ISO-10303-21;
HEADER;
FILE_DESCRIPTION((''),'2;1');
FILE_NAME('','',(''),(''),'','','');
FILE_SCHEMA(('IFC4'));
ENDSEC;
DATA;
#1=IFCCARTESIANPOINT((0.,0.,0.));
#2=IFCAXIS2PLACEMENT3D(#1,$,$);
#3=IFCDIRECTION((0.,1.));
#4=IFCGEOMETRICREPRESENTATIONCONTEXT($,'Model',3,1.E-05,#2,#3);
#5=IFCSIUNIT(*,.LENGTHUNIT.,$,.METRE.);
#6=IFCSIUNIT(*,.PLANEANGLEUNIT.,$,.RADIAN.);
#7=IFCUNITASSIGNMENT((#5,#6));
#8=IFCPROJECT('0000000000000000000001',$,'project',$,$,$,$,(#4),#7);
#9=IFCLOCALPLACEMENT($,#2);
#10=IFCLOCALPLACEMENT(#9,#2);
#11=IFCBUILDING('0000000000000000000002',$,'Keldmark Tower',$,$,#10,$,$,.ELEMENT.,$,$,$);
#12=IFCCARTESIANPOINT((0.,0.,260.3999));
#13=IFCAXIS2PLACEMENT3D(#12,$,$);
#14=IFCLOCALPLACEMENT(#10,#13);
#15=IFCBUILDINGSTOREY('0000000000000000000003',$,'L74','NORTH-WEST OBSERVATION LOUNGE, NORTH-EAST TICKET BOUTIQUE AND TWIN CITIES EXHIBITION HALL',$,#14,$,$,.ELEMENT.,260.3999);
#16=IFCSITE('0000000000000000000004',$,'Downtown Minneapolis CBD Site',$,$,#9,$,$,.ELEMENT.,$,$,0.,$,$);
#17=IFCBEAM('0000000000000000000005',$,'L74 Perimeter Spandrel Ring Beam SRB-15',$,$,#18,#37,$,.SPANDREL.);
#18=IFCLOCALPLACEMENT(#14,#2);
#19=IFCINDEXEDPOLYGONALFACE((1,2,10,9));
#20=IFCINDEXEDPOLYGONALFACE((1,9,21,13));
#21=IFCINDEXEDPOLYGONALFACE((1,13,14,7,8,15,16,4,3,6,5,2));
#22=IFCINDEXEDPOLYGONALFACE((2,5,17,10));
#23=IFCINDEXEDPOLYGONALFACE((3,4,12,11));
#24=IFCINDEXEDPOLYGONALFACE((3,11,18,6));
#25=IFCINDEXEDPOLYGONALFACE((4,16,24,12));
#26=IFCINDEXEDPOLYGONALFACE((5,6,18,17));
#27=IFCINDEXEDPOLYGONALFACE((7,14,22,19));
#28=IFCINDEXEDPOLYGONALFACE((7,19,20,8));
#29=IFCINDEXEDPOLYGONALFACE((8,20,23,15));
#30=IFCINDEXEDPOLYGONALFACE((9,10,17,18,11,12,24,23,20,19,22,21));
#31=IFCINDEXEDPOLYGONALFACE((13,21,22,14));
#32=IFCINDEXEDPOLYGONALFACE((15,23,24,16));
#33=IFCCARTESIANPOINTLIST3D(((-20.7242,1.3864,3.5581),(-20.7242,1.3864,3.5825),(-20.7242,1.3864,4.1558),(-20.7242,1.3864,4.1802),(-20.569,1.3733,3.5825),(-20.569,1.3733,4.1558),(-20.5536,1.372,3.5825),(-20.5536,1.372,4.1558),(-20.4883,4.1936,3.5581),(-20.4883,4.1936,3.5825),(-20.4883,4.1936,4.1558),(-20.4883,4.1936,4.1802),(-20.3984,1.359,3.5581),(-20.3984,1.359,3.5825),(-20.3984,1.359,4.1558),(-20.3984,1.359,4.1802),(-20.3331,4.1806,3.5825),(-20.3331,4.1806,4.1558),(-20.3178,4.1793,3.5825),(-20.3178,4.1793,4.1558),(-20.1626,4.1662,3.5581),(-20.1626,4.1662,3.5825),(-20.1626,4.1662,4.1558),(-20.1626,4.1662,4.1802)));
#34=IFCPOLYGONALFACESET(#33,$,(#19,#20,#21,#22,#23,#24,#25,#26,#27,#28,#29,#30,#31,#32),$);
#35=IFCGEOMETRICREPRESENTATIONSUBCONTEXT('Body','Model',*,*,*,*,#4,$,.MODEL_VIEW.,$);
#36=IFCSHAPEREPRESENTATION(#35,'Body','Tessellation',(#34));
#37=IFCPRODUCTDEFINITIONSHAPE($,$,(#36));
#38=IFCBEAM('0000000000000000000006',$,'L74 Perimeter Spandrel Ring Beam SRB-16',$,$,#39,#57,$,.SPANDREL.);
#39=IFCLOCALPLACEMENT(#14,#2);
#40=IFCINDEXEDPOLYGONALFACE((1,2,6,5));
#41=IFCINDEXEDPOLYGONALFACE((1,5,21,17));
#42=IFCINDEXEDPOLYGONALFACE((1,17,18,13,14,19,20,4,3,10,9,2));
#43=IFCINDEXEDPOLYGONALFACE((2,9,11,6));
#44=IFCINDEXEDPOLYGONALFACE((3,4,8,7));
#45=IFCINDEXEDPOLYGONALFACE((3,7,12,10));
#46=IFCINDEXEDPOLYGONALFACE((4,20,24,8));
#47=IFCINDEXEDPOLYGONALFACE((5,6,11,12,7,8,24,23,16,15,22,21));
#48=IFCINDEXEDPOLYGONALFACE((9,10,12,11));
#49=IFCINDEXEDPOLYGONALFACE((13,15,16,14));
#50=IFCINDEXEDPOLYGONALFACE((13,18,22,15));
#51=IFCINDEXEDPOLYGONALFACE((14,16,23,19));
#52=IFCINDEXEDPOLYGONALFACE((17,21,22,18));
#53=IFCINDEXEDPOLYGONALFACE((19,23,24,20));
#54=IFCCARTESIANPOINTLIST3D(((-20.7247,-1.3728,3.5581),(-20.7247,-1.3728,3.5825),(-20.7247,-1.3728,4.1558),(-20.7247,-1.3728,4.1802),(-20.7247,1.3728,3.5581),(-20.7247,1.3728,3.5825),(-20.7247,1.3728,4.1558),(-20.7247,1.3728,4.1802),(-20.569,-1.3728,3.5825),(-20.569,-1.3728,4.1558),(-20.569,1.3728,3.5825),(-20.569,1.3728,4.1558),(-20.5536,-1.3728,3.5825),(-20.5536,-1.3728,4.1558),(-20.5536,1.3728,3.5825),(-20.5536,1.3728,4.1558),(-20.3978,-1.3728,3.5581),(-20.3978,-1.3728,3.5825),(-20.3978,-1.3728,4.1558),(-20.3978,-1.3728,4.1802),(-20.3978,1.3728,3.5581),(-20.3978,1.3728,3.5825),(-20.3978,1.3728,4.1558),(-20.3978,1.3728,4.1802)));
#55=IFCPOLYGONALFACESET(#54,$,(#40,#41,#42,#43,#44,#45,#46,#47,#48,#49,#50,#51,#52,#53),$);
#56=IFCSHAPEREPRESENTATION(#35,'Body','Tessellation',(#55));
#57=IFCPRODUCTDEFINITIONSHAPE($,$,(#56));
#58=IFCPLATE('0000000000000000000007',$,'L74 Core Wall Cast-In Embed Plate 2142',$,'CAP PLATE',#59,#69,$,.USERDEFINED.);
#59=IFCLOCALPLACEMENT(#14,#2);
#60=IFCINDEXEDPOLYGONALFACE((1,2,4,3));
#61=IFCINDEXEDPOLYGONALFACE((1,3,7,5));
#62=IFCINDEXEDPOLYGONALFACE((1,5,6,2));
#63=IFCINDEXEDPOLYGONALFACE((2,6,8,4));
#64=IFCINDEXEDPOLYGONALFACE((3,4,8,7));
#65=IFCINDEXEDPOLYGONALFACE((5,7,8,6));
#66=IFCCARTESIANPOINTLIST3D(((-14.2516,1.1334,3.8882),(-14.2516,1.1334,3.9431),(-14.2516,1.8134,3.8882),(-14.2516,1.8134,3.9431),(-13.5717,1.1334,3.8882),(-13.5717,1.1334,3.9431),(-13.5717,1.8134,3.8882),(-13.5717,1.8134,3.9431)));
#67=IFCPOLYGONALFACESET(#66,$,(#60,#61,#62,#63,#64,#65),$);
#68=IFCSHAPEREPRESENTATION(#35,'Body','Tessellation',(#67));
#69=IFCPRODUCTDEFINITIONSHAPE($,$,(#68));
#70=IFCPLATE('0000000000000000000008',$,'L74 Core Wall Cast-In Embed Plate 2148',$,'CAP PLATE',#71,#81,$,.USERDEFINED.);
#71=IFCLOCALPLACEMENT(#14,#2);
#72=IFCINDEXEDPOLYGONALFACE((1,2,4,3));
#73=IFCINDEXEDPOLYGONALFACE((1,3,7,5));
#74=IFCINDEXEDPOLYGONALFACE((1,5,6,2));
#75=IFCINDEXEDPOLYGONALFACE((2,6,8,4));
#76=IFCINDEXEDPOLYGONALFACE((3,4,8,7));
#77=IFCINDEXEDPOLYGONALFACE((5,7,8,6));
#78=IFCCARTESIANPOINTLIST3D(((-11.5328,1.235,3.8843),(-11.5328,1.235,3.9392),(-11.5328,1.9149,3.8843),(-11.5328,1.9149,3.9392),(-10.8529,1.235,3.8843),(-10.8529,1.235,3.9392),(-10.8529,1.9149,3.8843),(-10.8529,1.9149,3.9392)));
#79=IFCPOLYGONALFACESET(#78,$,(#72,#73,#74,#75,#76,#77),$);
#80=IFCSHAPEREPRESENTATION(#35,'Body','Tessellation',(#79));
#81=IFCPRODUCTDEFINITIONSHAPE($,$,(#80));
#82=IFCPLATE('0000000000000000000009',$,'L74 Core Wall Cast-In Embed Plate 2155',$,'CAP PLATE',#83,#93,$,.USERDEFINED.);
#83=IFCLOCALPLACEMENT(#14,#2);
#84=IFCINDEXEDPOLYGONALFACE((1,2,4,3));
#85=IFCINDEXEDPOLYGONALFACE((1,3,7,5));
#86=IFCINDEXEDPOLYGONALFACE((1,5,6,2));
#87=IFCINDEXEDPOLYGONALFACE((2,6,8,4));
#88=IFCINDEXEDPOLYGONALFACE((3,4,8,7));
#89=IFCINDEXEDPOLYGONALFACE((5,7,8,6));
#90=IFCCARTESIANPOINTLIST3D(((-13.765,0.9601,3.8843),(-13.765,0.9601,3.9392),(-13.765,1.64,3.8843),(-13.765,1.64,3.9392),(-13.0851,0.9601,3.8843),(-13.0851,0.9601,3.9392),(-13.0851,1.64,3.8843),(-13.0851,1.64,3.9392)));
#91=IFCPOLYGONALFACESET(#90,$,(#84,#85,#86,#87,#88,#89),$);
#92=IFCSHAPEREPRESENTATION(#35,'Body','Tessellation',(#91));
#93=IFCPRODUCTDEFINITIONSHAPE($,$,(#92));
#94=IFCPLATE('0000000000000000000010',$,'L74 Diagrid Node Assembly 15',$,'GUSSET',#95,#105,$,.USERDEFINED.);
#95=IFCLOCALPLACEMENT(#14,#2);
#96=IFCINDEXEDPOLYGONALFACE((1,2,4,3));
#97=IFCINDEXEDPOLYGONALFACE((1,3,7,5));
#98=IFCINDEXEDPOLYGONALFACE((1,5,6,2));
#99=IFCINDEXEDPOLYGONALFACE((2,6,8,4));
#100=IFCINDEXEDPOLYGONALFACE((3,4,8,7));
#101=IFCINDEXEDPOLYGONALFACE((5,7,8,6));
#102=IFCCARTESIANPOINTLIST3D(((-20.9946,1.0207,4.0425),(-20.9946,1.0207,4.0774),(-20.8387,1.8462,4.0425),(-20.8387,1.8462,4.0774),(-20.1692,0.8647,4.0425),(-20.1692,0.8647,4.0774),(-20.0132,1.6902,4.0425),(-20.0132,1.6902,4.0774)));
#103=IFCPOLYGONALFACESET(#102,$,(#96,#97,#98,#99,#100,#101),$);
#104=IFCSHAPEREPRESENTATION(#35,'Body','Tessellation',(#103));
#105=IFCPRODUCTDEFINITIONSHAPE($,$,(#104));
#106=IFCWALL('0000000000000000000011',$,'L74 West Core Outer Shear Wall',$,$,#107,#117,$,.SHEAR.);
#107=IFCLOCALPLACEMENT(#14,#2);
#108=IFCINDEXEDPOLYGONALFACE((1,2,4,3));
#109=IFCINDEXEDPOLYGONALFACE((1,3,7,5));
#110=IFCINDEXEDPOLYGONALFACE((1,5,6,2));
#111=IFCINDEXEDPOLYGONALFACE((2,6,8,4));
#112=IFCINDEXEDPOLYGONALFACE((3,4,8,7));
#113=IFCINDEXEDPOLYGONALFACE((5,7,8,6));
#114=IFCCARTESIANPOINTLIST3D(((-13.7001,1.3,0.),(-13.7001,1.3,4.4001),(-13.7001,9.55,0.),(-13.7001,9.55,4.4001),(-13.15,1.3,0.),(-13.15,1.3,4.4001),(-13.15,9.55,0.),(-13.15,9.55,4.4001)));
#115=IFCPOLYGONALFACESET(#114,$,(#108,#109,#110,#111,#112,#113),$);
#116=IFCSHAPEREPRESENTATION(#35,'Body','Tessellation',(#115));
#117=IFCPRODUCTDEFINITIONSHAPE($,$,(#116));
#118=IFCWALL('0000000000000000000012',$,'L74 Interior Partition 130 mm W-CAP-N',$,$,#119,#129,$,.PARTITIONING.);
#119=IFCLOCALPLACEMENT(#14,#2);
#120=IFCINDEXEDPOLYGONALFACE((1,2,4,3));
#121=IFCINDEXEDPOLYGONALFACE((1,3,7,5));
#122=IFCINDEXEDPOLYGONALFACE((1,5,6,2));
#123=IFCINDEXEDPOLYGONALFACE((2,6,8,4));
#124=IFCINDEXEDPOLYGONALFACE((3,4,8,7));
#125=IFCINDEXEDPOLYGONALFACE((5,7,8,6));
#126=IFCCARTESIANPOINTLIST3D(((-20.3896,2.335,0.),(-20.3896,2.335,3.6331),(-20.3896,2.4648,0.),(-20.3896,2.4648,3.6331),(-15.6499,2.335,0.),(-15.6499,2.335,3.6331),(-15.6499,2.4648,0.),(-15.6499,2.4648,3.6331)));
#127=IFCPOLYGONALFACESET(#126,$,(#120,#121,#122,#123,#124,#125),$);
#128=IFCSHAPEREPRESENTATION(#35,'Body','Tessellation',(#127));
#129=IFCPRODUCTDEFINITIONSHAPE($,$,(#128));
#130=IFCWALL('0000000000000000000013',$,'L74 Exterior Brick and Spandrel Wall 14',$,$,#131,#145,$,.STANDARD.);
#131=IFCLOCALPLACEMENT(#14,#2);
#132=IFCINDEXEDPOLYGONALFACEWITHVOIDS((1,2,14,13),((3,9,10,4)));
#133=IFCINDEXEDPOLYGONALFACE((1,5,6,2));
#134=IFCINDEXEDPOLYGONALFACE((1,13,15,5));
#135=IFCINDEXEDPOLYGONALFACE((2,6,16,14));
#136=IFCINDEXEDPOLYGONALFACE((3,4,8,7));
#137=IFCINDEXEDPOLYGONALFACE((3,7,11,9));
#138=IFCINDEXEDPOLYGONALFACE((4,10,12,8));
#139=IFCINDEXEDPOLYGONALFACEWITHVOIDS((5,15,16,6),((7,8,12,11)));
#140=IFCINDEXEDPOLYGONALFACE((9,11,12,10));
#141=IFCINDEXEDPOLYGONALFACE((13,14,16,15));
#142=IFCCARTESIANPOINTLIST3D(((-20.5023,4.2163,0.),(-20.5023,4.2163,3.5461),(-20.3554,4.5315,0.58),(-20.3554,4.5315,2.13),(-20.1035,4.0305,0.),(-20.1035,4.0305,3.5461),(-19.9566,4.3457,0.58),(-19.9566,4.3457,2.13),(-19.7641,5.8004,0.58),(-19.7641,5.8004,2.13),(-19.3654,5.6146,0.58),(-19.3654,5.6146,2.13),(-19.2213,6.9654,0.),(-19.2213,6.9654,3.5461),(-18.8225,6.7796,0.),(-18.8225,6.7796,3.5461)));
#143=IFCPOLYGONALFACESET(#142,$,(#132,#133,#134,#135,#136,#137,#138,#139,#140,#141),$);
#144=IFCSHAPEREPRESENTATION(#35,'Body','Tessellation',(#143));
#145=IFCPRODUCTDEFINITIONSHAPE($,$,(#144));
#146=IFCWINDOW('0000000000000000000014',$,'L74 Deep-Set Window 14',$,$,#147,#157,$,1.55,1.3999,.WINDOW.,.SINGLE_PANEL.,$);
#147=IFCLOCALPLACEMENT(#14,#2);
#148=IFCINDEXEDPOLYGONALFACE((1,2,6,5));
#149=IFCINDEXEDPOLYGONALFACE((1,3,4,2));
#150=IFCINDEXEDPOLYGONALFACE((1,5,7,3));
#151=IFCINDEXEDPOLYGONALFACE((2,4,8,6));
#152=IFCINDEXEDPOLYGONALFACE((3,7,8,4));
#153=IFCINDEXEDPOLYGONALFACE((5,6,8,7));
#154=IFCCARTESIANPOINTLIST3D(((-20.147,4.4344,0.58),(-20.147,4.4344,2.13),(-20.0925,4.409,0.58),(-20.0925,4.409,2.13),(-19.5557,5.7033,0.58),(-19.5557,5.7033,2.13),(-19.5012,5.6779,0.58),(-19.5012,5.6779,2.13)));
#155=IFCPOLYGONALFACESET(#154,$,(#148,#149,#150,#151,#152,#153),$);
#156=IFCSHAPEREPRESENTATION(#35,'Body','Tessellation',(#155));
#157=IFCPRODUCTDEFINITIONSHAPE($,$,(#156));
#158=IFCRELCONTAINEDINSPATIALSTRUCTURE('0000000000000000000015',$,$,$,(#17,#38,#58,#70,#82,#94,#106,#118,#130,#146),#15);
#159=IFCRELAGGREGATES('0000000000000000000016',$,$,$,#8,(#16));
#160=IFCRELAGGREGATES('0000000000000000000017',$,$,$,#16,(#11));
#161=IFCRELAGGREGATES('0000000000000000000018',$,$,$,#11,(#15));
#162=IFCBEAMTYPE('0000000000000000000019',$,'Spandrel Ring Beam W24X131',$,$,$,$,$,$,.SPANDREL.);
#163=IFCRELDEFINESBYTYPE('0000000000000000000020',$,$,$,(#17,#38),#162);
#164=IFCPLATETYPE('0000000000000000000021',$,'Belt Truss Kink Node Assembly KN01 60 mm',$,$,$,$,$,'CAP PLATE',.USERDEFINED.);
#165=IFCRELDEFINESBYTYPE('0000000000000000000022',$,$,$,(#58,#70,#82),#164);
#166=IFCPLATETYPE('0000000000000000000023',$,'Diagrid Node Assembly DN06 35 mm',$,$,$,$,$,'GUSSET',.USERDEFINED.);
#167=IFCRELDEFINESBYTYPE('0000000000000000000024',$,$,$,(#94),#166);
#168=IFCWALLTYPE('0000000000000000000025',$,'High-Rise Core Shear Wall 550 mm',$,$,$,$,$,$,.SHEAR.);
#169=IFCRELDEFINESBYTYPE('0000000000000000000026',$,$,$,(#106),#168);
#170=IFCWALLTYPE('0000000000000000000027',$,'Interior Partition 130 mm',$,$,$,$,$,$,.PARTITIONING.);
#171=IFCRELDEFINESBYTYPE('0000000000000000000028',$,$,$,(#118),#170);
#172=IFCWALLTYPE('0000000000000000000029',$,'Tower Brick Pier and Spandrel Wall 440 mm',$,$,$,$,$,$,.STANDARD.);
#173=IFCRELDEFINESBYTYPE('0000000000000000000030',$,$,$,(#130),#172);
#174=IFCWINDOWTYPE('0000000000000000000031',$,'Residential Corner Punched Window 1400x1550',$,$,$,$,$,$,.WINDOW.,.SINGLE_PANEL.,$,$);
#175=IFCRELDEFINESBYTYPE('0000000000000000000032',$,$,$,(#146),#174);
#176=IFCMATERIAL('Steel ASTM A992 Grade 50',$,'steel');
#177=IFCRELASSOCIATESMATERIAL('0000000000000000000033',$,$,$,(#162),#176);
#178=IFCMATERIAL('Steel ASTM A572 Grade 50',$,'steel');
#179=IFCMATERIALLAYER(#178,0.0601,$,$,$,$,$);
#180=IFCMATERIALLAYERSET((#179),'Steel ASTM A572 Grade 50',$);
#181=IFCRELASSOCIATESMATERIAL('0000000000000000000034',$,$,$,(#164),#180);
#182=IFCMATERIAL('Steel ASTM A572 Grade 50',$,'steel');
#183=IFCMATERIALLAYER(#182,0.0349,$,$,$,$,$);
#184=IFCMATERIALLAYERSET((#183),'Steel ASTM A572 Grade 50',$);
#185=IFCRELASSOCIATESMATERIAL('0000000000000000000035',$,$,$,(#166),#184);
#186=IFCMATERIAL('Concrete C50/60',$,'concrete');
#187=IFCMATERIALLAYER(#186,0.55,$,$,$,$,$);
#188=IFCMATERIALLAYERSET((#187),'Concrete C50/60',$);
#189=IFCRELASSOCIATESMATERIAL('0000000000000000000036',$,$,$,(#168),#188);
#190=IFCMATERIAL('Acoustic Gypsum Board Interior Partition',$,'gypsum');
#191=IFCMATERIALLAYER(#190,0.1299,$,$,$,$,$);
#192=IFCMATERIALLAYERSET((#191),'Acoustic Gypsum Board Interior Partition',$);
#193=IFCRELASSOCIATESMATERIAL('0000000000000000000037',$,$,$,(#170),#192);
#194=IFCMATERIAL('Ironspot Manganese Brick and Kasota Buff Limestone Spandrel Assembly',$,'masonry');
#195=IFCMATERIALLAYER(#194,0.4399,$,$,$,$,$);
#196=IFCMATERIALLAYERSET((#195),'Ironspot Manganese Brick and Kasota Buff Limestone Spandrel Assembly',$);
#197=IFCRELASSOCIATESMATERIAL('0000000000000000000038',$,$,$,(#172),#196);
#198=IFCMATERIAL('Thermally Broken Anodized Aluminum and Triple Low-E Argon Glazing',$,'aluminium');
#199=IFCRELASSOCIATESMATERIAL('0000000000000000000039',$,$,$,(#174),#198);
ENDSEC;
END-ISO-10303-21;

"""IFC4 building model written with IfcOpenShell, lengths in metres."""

from ifc_helpers import new_model, si_unit, direction, frame, frame_2d, origin, origin_2d, place, context, subcontext, project, spatial, rectangle, i_section, extrude, material, layer, layer_set, material_profile, profile_set, type_object, element, fill, save


model = new_model("IFC4")

# Units and contexts
model_context = context("Model", 3, precision=1e-05, world=origin(), true_north=direction((0.0, 1.0)))
body_context = subcontext(model_context, "Body", "Model", "MODEL_VIEW")
ifc_project = project(units=[si_unit("LENGTHUNIT", "METRE"), si_unit("PLANEANGLEUNIT", "RADIAN")], contexts=[model_context])

# Site, building, storey
site_placement = place(None, origin())
site = spatial("IfcSite", under=ifc_project, at=site_placement, Name="Downtown Minneapolis CBD Site", CompositionType="ELEMENT", RefElevation=0.0)
building_placement = place(site_placement, origin())
building = spatial("IfcBuilding", under=site, at=building_placement, Name="Keldmark Tower", CompositionType="ELEMENT")
storey_placement = place(building_placement, frame((0.0, 0.0, 260.3999)))
storey = spatial("IfcBuildingStorey", under=building, at=storey_placement, Name="L74", Description="NORTH-WEST OBSERVATION LOUNGE, NORTH-EAST TICKET BOUTIQUE AND TWIN CITIES EXHIBITION HALL", CompositionType="ELEMENT", Elevation=260.3999)

# Beams
ifc_material_1 = material(Name="Steel ASTM A992 Grade 50", Category="steel")
ifc_material_profile_1 = material_profile(ifc_material_1, i_section(OverallWidth=0.3269, OverallDepth=0.6221, WebThickness=0.0154, FlangeThickness=0.0244, at=origin_2d()), Name="W24X131")
ifc_profile_set_1 = profile_set([ifc_material_profile_1], Name="Steel ASTM A992 Grade 50")
beam_type_1 = type_object("IfcBeamType", Name="Spandrel Ring Beam W24X131", PredefinedType="SPANDREL", material=ifc_profile_set_1)
beam_1_placement = place(storey_placement, frame((-20.3254, 4.1799, 3.8691), z_axis=(-0.08372, -0.996489, 0.0), x_axis=(0.996489, -0.08372, 0.0)))
element("IfcBeam", 1, at=beam_1_placement, inside=storey, type_object=beam_type_1, Name="L74 Perimeter Spandrel Ring Beam SRB-15", PredefinedType="SPANDREL", context=body_context, shape_type="SweptSolid", body=[
    extrude(i_section(OverallWidth=0.3269, OverallDepth=0.6221, WebThickness=0.0154, FlangeThickness=0.0244, at=origin_2d()), origin(), (0.0, 0.0, 1.0), 2.8171),
])
beam_2_placement = place(storey_placement, frame((-20.5613, 1.3728, 3.8691), z_axis=(0.0, -1.0, 0.0), x_axis=(1.0, 0.0, 0.0)))
element("IfcBeam", 2, at=beam_2_placement, inside=storey, type_object=beam_type_1, Name="L74 Perimeter Spandrel Ring Beam SRB-16", PredefinedType="SPANDREL", context=body_context, shape_type="SweptSolid", body=[
    extrude(i_section(OverallWidth=0.3269, OverallDepth=0.6221, WebThickness=0.0154, FlangeThickness=0.0244, at=origin_2d()), origin(), (0.0, 0.0, 1.0), 2.7456),
])

# Plates
ifc_material_2 = material(Name="Steel ASTM A572 Grade 50", Category="steel")
ifc_layer_1 = layer(ifc_material_2, 0.0601)
ifc_layer_set_1 = layer_set([ifc_layer_1], Name="Steel ASTM A572 Grade 50")
plate_type_1 = type_object("IfcPlateType", Name="Belt Truss Kink Node Assembly KN01 60 mm", ElementType="CAP PLATE", PredefinedType="USERDEFINED", material=ifc_layer_set_1)
for number, where, z_axis, x_axis, name in (
    (3, (-13.9116, 1.4734, 3.8882), (0.0, 0.0, 1.0), (1.0, 0.0, 0.0), "L74 Core Wall Cast-In Embed Plate 2142"),
    (4, (-11.1929, 1.575, 3.8843), (0.0, 0.0, 1.0), (1.0, 0.0, 0.0), "L74 Core Wall Cast-In Embed Plate 2148"),
    (5, (-13.425, 1.3, 3.8843), (0.0, 0.0, 1.0), (1.0, 0.0, 0.0), "L74 Core Wall Cast-In Embed Plate 2155"),
):
    element("IfcPlate", number, at=place(storey_placement, frame(where, z_axis=z_axis, x_axis=x_axis)), inside=storey, type_object=plate_type_1, Name=name, ObjectType="CAP PLATE", PredefinedType="USERDEFINED", context=body_context, shape_type="SweptSolid", body=[
        extrude(rectangle(XDim=0.6799, YDim=0.6799, at=origin_2d()), origin(), (0.0, 0.0, 1.0), 0.0549),
    ])
ifc_material_3 = material(Name="Steel ASTM A572 Grade 50", Category="steel")
ifc_layer_2 = layer(ifc_material_3, 0.0349)
ifc_layer_set_2 = layer_set([ifc_layer_2], Name="Steel ASTM A572 Grade 50")
plate_type_2 = type_object("IfcPlateType", Name="Diagrid Node Assembly DN06 35 mm", ElementType="GUSSET", PredefinedType="USERDEFINED", material=ifc_layer_set_2)
plate_placement = place(storey_placement, frame((-20.5039, 1.3555, 4.0425), z_axis=(0.0, 0.0, 1.0), x_axis=(-0.185667, -0.982613, 0.0)))
element("IfcPlate", 6, at=plate_placement, inside=storey, type_object=plate_type_2, Name="L74 Diagrid Node Assembly 15", ObjectType="GUSSET", PredefinedType="USERDEFINED", context=body_context, shape_type="SweptSolid", body=[
    extrude(rectangle(XDim=0.8401, YDim=0.8401, at=origin_2d()), origin(), (0.0, 0.0, 1.0), 0.0349),
])

# Walls
ifc_material_4 = material(Name="Concrete C50/60", Category="concrete")
ifc_layer_3 = layer(ifc_material_4, 0.55)
ifc_layer_set_3 = layer_set([ifc_layer_3], Name="Concrete C50/60")
wall_type_1 = type_object("IfcWallType", Name="High-Rise Core Shear Wall 550 mm", PredefinedType="SHEAR", material=ifc_layer_set_3)
wall_1_placement = place(storey_placement, frame((-13.425, 1.3, 0.0), z_axis=(0.0, 0.0, 1.0), x_axis=(0.0, 1.0, 0.0)))
element("IfcWall", 7, at=wall_1_placement, inside=storey, type_object=wall_type_1, Name="L74 West Core Outer Shear Wall", PredefinedType="SHEAR", context=body_context, shape_type="SweptSolid", body=[
    extrude(rectangle(XDim=8.25, YDim=0.55, at=frame_2d((4.125, 0.0))), origin(), (0.0, 0.0, 1.0), 4.4001),
])
ifc_material_5 = material(Name="Acoustic Gypsum Board Interior Partition", Category="gypsum")
ifc_layer_4 = layer(ifc_material_5, 0.1299)
ifc_layer_set_4 = layer_set([ifc_layer_4], Name="Acoustic Gypsum Board Interior Partition")
wall_type_2 = type_object("IfcWallType", Name="Interior Partition 130 mm", PredefinedType="PARTITIONING", material=ifc_layer_set_4)
wall_2_placement = place(storey_placement, frame((-20.3896, 2.3999, 0.0), z_axis=(0.0, 0.0, 1.0), x_axis=(1.0, 0.0, 0.0)))
element("IfcWall", 8, at=wall_2_placement, inside=storey, type_object=wall_type_2, Name="L74 Interior Partition 130 mm W-CAP-N", PredefinedType="PARTITIONING", context=body_context, shape_type="SweptSolid", body=[
    extrude(rectangle(XDim=4.7397, YDim=0.1299, at=frame_2d((2.3699, 0.0))), origin(), (0.0, 0.0, 1.0), 3.6331),
])

# Wall, opening, window
ifc_material_6 = material(Name="Ironspot Manganese Brick and Kasota Buff Limestone Spandrel Assembly", Category="masonry")
ifc_layer_5 = layer(ifc_material_6, 0.4399)
ifc_layer_set_5 = layer_set([ifc_layer_5], Name="Ironspot Manganese Brick and Kasota Buff Limestone Spandrel Assembly")
wall_type_3 = type_object("IfcWallType", Name="Tower Brick Pier and Spandrel Wall 440 mm", PredefinedType="STANDARD", material=ifc_layer_set_5)
wall_3_placement = place(storey_placement, frame((-20.303, 4.1233, 0.0), z_axis=(0.0, 0.0, 1.0), x_axis=(0.422379, 0.90642, 0.0)))
wall_3 = element("IfcWall", 9, at=wall_3_placement, inside=storey, type_object=wall_type_3, Name="L74 Exterior Brick and Spandrel Wall 14", PredefinedType="STANDARD", context=body_context, shape_type="SweptSolid", body=[
    extrude(rectangle(XDim=3.033, YDim=0.4399, at=frame_2d((1.5166, 0.0))), origin(), (0.0, 0.0, 1.0), 3.5461),
])
opening_1_placement = place(wall_3_placement, frame((0.3479, 0.0, 0.5801)))
opening_1 = element("IfcOpeningElement", 10, at=opening_1_placement, cuts=wall_3, PredefinedType="OPENING", context=body_context, shape_type="SweptSolid", body=[
    extrude(rectangle(XDim=1.3999, YDim=1.55, at=frame_2d((0.7, 0.7749))), frame((0.0, 0.23, 0.0), z_axis=(0.0, -1.0, 0.0), x_axis=(1.0, 0.0, 0.0)), (0.0, 0.0, 1.0), 0.46),
])
ifc_material_7 = material(Name="Thermally Broken Anodized Aluminum and Triple Low-E Argon Glazing", Category="aluminium")
window_type = type_object("IfcWindowType", Name="Residential Corner Punched Window 1400x1550", PartitioningType="SINGLE_PANEL", PredefinedType="WINDOW", material=ifc_material_7)
window_1_placement = place(opening_1_placement, origin())
window_1 = element("IfcWindow", 11, at=window_1_placement, inside=storey, type_object=window_type, Name="L74 Deep-Set Window 14", OverallHeight=1.55, OverallWidth=1.3999, PartitioningType="SINGLE_PANEL", PredefinedType="WINDOW", context=body_context, shape_type="SweptSolid", body=[
    extrude(rectangle(XDim=1.3999, YDim=1.55, at=frame_2d((0.7, 0.7749))), frame((0.0, -0.01, 0.0), z_axis=(0.0, -1.0, 0.0), x_axis=(1.0, 0.0, 0.0)), (0.0, 0.0, 1.0), 0.0601),
])
fill(opening_1, window_1)

save(model, "model.ifc")
